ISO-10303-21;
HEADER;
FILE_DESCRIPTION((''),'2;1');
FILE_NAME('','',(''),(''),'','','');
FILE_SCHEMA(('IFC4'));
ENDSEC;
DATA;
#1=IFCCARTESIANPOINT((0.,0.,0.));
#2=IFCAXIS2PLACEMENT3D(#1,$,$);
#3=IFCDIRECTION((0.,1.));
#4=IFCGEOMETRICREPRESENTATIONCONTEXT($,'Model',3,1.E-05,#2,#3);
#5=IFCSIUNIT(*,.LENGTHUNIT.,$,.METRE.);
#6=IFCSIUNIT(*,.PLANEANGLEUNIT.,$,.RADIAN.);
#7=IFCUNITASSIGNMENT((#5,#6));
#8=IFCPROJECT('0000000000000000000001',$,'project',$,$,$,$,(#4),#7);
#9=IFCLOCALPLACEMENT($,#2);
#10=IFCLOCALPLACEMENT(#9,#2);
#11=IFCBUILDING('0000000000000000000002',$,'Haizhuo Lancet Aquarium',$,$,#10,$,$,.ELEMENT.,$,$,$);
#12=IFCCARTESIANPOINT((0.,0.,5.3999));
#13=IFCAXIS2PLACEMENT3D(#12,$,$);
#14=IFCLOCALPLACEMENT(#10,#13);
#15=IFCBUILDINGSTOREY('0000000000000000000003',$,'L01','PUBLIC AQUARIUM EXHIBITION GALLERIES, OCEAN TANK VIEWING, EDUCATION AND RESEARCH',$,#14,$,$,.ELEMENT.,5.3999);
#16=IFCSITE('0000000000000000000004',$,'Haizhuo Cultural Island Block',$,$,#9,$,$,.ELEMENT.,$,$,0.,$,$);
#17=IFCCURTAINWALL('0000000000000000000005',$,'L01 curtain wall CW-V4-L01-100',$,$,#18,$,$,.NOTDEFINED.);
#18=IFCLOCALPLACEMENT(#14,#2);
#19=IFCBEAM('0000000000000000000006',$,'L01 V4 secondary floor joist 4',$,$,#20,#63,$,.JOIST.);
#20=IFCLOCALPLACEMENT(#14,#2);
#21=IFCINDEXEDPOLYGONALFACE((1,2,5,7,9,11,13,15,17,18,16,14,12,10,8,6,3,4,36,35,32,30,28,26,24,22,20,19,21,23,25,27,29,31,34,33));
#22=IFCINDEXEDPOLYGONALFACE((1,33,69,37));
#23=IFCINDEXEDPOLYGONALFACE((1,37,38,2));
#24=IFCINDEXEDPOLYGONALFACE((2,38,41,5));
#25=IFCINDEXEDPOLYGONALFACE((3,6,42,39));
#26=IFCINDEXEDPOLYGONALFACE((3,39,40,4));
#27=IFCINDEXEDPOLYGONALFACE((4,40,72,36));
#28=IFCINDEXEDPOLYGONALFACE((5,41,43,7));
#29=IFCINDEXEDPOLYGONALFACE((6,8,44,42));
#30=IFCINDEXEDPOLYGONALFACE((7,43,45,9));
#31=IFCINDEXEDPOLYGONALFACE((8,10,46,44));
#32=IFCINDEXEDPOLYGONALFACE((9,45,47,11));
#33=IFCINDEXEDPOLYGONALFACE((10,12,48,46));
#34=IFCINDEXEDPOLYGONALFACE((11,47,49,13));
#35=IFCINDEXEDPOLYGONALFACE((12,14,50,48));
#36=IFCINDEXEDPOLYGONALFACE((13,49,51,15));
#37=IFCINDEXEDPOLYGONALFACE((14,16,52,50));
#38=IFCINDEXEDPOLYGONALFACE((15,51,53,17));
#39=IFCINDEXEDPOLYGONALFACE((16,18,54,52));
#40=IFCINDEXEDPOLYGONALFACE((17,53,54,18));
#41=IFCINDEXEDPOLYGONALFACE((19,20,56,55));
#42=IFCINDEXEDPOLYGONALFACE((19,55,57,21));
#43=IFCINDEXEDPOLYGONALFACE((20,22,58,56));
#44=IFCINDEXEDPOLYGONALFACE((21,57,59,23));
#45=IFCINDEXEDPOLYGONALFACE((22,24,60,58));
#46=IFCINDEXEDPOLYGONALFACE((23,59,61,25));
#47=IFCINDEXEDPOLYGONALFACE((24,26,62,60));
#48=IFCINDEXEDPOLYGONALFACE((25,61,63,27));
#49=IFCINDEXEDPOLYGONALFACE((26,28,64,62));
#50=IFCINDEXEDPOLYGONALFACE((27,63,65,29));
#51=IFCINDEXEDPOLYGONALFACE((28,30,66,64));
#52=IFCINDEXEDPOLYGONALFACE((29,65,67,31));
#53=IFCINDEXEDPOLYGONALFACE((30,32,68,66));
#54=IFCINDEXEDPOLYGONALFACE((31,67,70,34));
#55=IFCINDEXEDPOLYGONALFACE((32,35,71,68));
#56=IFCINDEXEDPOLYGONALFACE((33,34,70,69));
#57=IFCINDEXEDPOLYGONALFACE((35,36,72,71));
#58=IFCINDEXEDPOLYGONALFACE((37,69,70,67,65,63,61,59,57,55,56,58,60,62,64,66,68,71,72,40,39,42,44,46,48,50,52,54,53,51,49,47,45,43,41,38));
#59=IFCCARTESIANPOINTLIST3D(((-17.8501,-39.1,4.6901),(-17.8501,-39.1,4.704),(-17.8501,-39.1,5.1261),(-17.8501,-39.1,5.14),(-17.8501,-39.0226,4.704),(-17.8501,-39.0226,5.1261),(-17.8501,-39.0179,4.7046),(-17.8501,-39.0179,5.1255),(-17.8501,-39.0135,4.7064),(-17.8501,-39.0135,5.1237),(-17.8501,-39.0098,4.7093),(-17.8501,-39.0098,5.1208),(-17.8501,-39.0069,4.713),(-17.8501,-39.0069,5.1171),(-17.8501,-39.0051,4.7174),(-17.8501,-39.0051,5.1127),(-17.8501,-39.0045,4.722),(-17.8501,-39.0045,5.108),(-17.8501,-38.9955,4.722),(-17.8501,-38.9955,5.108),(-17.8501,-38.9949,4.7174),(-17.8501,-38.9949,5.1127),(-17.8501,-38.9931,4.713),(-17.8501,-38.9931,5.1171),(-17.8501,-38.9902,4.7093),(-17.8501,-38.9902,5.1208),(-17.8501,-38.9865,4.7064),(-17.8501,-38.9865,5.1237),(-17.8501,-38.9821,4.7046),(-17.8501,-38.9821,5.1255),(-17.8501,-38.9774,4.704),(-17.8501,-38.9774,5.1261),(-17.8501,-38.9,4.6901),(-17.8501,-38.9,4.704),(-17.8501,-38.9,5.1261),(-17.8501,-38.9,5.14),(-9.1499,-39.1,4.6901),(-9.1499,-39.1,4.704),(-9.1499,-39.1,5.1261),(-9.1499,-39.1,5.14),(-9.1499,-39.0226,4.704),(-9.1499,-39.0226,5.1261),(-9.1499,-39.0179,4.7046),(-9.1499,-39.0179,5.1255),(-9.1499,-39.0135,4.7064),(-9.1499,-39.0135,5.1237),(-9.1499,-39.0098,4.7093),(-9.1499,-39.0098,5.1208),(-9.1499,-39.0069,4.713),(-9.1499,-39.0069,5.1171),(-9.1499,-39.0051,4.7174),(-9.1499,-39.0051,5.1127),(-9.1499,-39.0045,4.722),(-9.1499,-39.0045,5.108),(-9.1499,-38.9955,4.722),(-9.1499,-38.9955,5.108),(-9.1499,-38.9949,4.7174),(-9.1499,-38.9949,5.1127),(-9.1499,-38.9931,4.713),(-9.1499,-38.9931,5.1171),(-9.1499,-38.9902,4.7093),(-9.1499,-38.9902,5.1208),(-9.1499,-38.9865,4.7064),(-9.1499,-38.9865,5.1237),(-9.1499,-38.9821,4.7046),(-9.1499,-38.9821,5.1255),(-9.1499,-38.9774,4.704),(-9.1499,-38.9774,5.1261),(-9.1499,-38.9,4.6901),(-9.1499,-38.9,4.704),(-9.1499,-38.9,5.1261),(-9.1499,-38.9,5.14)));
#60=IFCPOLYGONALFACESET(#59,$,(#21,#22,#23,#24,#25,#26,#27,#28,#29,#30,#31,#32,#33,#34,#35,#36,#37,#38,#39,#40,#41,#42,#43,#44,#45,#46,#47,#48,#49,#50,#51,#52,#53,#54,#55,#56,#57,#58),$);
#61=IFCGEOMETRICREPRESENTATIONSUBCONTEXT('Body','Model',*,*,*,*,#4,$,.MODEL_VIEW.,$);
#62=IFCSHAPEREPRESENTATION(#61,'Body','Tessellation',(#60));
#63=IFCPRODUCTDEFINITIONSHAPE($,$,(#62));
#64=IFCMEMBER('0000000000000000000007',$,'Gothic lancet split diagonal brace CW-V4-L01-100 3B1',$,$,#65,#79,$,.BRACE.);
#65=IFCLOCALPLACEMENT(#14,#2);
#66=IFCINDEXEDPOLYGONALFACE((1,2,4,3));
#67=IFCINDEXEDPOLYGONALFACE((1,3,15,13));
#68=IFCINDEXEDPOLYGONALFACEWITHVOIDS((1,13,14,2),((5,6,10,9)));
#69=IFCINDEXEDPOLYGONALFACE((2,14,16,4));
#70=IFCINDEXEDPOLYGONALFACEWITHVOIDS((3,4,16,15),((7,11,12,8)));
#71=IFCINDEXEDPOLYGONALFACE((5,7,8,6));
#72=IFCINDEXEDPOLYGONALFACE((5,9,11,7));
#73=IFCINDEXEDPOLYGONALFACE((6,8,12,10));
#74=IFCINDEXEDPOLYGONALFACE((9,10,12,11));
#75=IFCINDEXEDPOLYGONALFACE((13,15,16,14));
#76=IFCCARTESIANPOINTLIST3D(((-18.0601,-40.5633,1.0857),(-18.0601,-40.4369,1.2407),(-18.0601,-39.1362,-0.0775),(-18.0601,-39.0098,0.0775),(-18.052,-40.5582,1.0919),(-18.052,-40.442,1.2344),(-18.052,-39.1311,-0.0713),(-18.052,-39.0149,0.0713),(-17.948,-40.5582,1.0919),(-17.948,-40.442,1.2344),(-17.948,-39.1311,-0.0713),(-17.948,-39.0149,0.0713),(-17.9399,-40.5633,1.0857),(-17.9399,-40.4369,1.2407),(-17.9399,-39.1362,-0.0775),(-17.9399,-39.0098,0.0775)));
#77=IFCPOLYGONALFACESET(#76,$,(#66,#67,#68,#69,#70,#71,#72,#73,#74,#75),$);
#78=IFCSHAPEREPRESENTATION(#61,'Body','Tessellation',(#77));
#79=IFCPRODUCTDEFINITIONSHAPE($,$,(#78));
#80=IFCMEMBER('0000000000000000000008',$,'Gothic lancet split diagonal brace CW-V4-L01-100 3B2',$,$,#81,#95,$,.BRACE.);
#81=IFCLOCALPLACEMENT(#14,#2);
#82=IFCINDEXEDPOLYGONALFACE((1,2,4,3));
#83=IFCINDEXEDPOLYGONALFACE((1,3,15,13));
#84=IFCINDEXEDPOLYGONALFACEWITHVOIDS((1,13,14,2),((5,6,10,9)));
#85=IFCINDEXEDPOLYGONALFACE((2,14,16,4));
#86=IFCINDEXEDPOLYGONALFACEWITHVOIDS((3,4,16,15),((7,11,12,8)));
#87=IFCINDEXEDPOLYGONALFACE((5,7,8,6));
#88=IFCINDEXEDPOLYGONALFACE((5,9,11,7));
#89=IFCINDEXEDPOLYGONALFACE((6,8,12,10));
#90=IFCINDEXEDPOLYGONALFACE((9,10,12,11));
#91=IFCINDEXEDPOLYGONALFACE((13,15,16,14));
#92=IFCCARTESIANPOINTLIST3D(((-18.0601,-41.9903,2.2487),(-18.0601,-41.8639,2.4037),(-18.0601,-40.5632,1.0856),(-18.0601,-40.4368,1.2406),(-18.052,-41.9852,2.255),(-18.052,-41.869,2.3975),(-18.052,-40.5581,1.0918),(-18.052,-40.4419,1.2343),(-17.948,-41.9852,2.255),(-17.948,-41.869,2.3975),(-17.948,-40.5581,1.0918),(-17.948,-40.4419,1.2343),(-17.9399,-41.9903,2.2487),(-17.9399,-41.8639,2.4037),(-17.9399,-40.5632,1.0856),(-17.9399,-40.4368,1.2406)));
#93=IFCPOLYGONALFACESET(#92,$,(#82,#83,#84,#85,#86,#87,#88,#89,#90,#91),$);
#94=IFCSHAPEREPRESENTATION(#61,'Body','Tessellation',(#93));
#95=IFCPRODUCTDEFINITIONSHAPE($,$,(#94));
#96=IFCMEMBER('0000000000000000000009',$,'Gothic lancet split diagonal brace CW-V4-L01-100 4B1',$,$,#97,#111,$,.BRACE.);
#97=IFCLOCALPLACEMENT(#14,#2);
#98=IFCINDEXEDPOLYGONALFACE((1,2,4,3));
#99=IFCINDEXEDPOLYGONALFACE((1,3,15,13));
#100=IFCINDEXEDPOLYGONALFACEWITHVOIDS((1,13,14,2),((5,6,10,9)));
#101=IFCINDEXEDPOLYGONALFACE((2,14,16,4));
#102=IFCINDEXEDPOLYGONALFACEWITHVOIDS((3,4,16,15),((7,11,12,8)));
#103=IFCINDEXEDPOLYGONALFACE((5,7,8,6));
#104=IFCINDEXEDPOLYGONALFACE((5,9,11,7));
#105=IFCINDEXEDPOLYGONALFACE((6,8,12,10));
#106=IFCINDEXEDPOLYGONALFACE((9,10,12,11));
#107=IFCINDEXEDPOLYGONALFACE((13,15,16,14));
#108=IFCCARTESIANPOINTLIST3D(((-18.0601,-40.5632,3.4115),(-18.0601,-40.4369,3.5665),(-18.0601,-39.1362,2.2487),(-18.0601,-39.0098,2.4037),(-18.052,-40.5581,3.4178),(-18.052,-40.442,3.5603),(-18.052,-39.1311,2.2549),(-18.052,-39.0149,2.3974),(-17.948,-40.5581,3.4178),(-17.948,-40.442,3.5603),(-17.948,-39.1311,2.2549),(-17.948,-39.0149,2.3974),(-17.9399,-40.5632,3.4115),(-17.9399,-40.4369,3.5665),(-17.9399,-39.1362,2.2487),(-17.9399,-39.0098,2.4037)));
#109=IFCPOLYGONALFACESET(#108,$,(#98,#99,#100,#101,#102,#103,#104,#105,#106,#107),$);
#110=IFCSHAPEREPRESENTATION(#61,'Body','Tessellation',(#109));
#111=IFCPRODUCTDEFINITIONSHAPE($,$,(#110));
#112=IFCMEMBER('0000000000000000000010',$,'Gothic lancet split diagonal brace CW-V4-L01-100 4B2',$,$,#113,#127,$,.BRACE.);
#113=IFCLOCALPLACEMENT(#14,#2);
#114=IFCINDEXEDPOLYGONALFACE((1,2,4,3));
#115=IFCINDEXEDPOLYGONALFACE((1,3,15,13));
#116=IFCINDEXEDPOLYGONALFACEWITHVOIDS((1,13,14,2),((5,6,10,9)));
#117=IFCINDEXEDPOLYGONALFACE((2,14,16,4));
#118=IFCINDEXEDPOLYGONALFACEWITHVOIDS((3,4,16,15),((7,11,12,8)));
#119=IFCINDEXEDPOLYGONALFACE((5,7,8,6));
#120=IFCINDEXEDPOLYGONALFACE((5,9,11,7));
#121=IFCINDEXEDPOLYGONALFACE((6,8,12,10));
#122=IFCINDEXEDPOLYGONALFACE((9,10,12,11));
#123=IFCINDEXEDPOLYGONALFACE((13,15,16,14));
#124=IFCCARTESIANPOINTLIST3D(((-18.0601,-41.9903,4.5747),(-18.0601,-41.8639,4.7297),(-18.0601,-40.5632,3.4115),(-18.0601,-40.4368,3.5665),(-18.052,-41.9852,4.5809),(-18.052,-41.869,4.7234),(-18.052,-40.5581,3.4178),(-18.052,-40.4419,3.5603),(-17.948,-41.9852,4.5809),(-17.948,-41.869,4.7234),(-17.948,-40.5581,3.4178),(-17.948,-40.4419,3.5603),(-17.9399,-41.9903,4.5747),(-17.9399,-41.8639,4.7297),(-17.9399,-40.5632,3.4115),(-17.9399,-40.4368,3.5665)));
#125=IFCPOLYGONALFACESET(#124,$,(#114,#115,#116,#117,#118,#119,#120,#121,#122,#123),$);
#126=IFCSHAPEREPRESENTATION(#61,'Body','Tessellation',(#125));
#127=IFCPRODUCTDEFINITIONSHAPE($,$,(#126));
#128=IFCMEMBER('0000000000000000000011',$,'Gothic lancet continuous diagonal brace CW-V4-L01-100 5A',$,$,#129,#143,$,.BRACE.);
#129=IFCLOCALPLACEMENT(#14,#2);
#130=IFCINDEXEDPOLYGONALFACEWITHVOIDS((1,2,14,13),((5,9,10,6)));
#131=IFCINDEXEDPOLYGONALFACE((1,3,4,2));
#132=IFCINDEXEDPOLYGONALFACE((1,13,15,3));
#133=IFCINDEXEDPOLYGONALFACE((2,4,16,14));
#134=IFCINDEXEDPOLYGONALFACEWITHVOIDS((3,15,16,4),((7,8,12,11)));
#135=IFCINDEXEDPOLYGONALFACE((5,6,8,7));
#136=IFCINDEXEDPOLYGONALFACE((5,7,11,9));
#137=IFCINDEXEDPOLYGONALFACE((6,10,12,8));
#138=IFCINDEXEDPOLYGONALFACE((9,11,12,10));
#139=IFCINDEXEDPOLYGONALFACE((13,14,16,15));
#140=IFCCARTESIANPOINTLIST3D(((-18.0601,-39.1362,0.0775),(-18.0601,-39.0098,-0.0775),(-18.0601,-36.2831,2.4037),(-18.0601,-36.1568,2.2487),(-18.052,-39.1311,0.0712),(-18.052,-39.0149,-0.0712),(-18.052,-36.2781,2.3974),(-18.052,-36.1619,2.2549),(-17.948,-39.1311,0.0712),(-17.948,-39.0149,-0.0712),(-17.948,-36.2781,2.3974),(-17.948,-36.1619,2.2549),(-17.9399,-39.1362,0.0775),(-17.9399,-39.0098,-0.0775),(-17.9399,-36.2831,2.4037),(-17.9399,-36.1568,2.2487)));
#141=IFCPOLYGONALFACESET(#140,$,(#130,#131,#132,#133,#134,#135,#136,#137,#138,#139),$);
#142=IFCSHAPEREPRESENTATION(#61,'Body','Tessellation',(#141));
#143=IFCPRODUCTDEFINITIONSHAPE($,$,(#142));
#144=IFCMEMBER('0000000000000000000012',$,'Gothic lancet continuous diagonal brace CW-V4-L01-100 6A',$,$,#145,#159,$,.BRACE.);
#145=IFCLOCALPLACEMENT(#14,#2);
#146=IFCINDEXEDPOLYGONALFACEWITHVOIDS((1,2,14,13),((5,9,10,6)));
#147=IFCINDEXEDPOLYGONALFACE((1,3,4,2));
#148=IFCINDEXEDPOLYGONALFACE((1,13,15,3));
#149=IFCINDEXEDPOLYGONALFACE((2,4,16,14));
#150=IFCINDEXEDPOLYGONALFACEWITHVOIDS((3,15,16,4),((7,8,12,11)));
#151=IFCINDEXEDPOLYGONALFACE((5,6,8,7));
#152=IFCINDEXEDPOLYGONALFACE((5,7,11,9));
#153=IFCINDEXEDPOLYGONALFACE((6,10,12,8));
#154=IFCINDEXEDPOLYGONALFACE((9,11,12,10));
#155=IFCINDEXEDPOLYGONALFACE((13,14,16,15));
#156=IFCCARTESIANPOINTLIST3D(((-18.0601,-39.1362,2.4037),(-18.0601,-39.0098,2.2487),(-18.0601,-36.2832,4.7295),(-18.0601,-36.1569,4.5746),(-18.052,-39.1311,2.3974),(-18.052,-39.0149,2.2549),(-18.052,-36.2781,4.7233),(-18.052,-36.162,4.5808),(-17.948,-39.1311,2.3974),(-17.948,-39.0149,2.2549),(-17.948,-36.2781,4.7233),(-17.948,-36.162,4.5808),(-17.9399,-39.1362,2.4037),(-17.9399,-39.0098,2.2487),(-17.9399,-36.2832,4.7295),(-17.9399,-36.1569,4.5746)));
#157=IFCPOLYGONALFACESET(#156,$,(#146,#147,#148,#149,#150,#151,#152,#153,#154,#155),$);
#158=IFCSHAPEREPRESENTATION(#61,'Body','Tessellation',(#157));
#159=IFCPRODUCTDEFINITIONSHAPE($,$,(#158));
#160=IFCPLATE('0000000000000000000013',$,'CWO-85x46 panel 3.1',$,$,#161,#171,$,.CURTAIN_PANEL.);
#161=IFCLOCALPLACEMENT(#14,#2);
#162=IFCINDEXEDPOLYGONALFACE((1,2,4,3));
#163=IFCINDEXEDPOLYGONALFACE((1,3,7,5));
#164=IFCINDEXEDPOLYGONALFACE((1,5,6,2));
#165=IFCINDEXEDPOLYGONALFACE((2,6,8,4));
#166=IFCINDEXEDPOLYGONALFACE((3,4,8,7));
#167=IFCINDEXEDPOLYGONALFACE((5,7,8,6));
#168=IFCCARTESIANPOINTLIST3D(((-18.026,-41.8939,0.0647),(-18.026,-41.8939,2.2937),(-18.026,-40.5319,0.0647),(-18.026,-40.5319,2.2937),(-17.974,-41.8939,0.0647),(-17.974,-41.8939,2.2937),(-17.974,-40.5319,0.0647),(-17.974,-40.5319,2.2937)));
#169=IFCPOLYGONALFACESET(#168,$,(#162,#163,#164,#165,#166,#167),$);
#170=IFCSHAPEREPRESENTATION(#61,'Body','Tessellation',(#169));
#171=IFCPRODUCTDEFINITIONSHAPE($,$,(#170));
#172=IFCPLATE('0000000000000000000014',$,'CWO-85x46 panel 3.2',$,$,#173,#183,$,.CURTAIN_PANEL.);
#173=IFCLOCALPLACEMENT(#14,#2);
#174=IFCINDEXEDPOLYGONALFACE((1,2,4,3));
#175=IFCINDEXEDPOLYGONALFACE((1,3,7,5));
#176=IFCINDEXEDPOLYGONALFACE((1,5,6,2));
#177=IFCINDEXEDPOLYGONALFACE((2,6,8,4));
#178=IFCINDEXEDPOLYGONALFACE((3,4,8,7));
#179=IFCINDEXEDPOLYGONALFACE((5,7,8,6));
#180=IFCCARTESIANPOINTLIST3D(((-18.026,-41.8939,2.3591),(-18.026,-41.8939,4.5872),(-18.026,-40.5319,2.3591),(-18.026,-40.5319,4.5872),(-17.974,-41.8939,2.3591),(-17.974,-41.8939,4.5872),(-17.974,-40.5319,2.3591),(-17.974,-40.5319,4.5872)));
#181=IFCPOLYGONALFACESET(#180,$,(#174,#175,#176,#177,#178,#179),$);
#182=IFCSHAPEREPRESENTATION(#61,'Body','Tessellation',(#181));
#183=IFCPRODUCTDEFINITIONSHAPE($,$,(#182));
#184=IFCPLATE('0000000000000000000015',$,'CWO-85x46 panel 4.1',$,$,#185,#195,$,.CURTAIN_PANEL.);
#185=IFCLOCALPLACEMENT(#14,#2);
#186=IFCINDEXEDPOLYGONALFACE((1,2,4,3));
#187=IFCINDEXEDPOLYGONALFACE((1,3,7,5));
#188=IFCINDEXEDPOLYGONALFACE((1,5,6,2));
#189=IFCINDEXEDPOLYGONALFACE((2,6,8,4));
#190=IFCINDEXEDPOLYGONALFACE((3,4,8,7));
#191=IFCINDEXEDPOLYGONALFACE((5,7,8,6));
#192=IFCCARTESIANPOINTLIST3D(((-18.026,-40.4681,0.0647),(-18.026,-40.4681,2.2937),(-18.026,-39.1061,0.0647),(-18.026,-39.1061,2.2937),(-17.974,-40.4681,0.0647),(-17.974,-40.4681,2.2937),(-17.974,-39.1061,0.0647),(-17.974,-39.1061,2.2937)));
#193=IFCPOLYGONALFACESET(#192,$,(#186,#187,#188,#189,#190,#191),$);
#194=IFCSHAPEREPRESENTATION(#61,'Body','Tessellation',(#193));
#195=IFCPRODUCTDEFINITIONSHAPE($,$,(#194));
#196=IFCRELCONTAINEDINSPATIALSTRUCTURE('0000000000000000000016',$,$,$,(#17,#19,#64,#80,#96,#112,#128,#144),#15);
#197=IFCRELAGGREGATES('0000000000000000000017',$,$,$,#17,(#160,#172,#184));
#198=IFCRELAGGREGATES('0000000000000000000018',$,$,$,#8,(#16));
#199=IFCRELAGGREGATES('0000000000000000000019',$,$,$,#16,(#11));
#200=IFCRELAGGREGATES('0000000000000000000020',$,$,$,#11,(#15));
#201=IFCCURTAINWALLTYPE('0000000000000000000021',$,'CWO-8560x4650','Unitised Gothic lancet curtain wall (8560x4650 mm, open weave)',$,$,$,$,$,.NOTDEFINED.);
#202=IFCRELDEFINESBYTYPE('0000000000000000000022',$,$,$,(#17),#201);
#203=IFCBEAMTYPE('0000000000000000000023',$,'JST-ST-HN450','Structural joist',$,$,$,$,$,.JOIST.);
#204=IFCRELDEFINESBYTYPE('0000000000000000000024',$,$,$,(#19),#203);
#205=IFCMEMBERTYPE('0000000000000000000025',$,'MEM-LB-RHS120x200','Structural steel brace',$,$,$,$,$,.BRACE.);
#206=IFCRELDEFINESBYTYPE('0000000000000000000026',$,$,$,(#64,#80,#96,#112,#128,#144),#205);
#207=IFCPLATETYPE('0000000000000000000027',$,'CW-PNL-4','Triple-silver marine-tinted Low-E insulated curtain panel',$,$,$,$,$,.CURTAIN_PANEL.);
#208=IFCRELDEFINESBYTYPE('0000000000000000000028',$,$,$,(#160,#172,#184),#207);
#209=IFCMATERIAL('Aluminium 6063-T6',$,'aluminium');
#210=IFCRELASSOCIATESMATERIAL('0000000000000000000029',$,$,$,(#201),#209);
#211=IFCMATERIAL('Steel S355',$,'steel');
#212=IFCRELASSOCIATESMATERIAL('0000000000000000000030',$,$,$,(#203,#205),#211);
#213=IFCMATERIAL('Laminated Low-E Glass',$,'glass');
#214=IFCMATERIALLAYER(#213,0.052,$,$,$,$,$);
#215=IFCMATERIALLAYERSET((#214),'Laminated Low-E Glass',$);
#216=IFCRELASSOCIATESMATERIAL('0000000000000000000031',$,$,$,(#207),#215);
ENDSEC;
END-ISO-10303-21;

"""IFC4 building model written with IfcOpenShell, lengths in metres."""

from ifc_helpers import new_model, si_unit, direction, frame, origin, origin_2d, place, context, subcontext, project, spatial, rectangle, hollow_rectangle, i_section, extrude, material, layer, layer_set, material_profile, profile_set, type_object, element, aggregate, save


model = new_model("IFC4")

# Units and contexts
model_context = context("Model", 3, precision=1e-05, world=origin(), true_north=direction((0.0, 1.0)))
body_context = subcontext(model_context, "Body", "Model", "MODEL_VIEW")
ifc_project = project(units=[si_unit("LENGTHUNIT", "METRE"), si_unit("PLANEANGLEUNIT", "RADIAN")], contexts=[model_context])

# Site, building, storey
site_placement = place(None, origin())
site = spatial("IfcSite", under=ifc_project, at=site_placement, Name="Haizhuo Cultural Island Block", CompositionType="ELEMENT", RefElevation=0.0)
building_placement = place(site_placement, origin())
building = spatial("IfcBuilding", under=site, at=building_placement, Name="Haizhuo Lancet Aquarium", CompositionType="ELEMENT")
storey_placement = place(building_placement, frame((0.0, 0.0, 5.3999)))
storey = spatial("IfcBuildingStorey", under=building, at=storey_placement, Name="L01", Description="PUBLIC AQUARIUM EXHIBITION GALLERIES, OCEAN TANK VIEWING, EDUCATION AND RESEARCH", CompositionType="ELEMENT", Elevation=5.3999)

# Curtain wall
ifc_material_1 = material(Name="Aluminium 6063-T6", Category="aluminium")
curtain_wall_type = type_object("IfcCurtainWallType", Name="CWO-8560x4650", Description="Unitised Gothic lancet curtain wall (8560x4650 mm, open weave)", PredefinedType="NOTDEFINED", material=ifc_material_1)
curtain_wall_placement = place(storey_placement, origin())
curtain_wall = element("IfcCurtainWall", 1, at=curtain_wall_placement, inside=storey, type_object=curtain_wall_type, Name="L01 curtain wall CW-V4-L01-100", PredefinedType="NOTDEFINED")

# Beam
ifc_material_2 = material(Name="Steel S355", Category="steel")
ifc_material_profile_1 = material_profile(ifc_material_2, i_section(OverallWidth=0.2, OverallDepth=0.45, WebThickness=0.009, FlangeThickness=0.0139, FilletRadius=0.0181, at=origin_2d()), Name="HN 450x200x9x14")
ifc_profile_set_1 = profile_set([ifc_material_profile_1], Name="Steel S355")
beam_type = type_object("IfcBeamType", Name="JST-ST-HN450", Description="Structural joist", PredefinedType="JOIST", material=ifc_profile_set_1)
beam_placement = place(storey_placement, frame((-17.8501, -39.0, 4.915), z_axis=(1.0, 0.0, 0.0), x_axis=(0.0, 1.0, 0.0)))
element("IfcBeam", 2, at=beam_placement, inside=storey, type_object=beam_type, Name="L01 V4 secondary floor joist 4", PredefinedType="JOIST", context=body_context, shape_type="SweptSolid", body=[
    extrude(i_section(OverallWidth=0.2, OverallDepth=0.45, WebThickness=0.009, FlangeThickness=0.0139, FilletRadius=0.0181, at=origin_2d()), origin(), (0.0, 0.0, 1.0), 8.7002),
])

# Members
ifc_material_profile_2 = material_profile(ifc_material_2, hollow_rectangle(XDim=0.1201, YDim=0.2, WallThickness=0.0081, at=origin_2d()), Name="RHS 120x200x8")
ifc_profile_set_2 = profile_set([ifc_material_profile_2], Name="Steel S355")
member_type_1 = type_object("IfcMemberType", Name="MEM-LB-RHS120x200", Description="Structural steel brace", PredefinedType="BRACE", material=ifc_profile_set_2)
for number, where, z_axis, x_axis, name in (
    (3, (-18.0, -39.073, 0.0), (0.0, -0.775144, 0.631785), (1.0, 0.0, 0.0), "Gothic lancet split diagonal brace CW-V4-L01-100 3B1"),
    (4, (-18.0, -40.5, 1.1631), (0.0, -0.775144, 0.631785), (1.0, 0.0, 0.0), "Gothic lancet split diagonal brace CW-V4-L01-100 3B2"),
):
    element("IfcMember", number, at=place(storey_placement, frame(where, z_axis=z_axis, x_axis=x_axis)), inside=storey, type_object=member_type_1, Name=name, PredefinedType="BRACE", context=body_context, shape_type="SweptSolid", body=[
        extrude(hollow_rectangle(XDim=0.1201, YDim=0.2, WallThickness=0.0081, at=origin_2d()), origin(), (0.0, 0.0, 1.0), 1.8411),
    ])
member_1_placement = place(storey_placement, frame((-18.0, -39.073, 2.3262), z_axis=(0.0, -0.775209, 0.631705), x_axis=(1.0, 0.0, 0.0)))
element("IfcMember", 5, at=member_1_placement, inside=storey, type_object=member_type_1, Name="Gothic lancet split diagonal brace CW-V4-L01-100 4B1", PredefinedType="BRACE", context=body_context, shape_type="SweptSolid", body=[
    extrude(hollow_rectangle(XDim=0.1201, YDim=0.2, WallThickness=0.0081, at=origin_2d()), origin(), (0.0, 0.0, 1.0), 1.8408),
])
member_2_placement = place(storey_placement, frame((-18.0, -40.5, 3.489), z_axis=(0.0, -0.775144, 0.631785), x_axis=(1.0, 0.0, 0.0)))
element("IfcMember", 6, at=member_2_placement, inside=storey, type_object=member_type_1, Name="Gothic lancet split diagonal brace CW-V4-L01-100 4B2", PredefinedType="BRACE", context=body_context, shape_type="SweptSolid", body=[
    extrude(hollow_rectangle(XDim=0.1201, YDim=0.2, WallThickness=0.0081, at=origin_2d()), origin(), (0.0, 0.0, 1.0), 1.8411),
])
member_3_placement = place(storey_placement, frame((-18.0, -39.073, 0.0), z_axis=(0.0, 0.775038, 0.631915), x_axis=(-1.0, 0.0, 0.0)))
element("IfcMember", 7, at=member_3_placement, inside=storey, type_object=member_type_1, Name="Gothic lancet continuous diagonal brace CW-V4-L01-100 5A", PredefinedType="BRACE", context=body_context, shape_type="SweptSolid", body=[
    extrude(hollow_rectangle(XDim=0.1201, YDim=0.2, WallThickness=0.0081, at=origin_2d()), origin(), (0.0, 0.0, 1.0), 3.6812),
])
member_4_placement = place(storey_placement, frame((-18.0, -39.073, 2.3262), z_axis=(0.0, 0.77507, 0.631875), x_axis=(-1.0, 0.0, 0.0)))
element("IfcMember", 8, at=member_4_placement, inside=storey, type_object=member_type_1, Name="Gothic lancet continuous diagonal brace CW-V4-L01-100 6A", PredefinedType="BRACE", context=body_context, shape_type="SweptSolid", body=[
    extrude(hollow_rectangle(XDim=0.1201, YDim=0.2, WallThickness=0.0081, at=origin_2d()), origin(), (0.0, 0.0, 1.0), 3.6809),
])

# Plates
ifc_material_3 = material(Name="Laminated Low-E Glass", Category="glass")
ifc_layer_1 = layer(ifc_material_3, 0.052)
ifc_layer_set_1 = layer_set([ifc_layer_1], Name="Laminated Low-E Glass")
plate_type = type_object("IfcPlateType", Name="CW-PNL-4", Description="Triple-silver marine-tinted Low-E insulated curtain panel", PredefinedType="CURTAIN_PANEL", material=ifc_layer_set_1)
plate_1_placement = place(storey_placement, frame((-18.0, -41.2129, 0.0647), z_axis=(0.0, 0.0, 1.0), x_axis=(0.0, 1.0, 0.0)))
plate_1 = element("IfcPlate", 9, at=plate_1_placement, type_object=plate_type, Name="CWO-85x46 panel 3.1", PredefinedType="CURTAIN_PANEL", context=body_context, shape_type="SweptSolid", body=[
    extrude(rectangle(XDim=1.3621, YDim=0.052, at=origin_2d()), origin(), (0.0, 0.0, 1.0), 2.229),
])
plate_2_placement = place(storey_placement, frame((-18.0, -41.2129, 2.3591), z_axis=(0.0, 0.0, 1.0), x_axis=(0.0, 1.0, 0.0)))
plate_2 = element("IfcPlate", 10, at=plate_2_placement, type_object=plate_type, Name="CWO-85x46 panel 3.2", PredefinedType="CURTAIN_PANEL", context=body_context, shape_type="SweptSolid", body=[
    extrude(rectangle(XDim=1.3621, YDim=0.052, at=origin_2d()), origin(), (0.0, 0.0, 1.0), 2.228),
])
plate_3_placement = place(storey_placement, frame((-18.0, -39.7871, 0.0647), z_axis=(0.0, 0.0, 1.0), x_axis=(0.0, 1.0, 0.0)))
plate_3 = element("IfcPlate", 11, at=plate_3_placement, type_object=plate_type, Name="CWO-85x46 panel 4.1", PredefinedType="CURTAIN_PANEL", context=body_context, shape_type="SweptSolid", body=[
    extrude(rectangle(XDim=1.3621, YDim=0.052, at=origin_2d()), origin(), (0.0, 0.0, 1.0), 2.229),
])
aggregate(curtain_wall, [plate_1, plate_2, plate_3])

save(model, "model.ifc")
